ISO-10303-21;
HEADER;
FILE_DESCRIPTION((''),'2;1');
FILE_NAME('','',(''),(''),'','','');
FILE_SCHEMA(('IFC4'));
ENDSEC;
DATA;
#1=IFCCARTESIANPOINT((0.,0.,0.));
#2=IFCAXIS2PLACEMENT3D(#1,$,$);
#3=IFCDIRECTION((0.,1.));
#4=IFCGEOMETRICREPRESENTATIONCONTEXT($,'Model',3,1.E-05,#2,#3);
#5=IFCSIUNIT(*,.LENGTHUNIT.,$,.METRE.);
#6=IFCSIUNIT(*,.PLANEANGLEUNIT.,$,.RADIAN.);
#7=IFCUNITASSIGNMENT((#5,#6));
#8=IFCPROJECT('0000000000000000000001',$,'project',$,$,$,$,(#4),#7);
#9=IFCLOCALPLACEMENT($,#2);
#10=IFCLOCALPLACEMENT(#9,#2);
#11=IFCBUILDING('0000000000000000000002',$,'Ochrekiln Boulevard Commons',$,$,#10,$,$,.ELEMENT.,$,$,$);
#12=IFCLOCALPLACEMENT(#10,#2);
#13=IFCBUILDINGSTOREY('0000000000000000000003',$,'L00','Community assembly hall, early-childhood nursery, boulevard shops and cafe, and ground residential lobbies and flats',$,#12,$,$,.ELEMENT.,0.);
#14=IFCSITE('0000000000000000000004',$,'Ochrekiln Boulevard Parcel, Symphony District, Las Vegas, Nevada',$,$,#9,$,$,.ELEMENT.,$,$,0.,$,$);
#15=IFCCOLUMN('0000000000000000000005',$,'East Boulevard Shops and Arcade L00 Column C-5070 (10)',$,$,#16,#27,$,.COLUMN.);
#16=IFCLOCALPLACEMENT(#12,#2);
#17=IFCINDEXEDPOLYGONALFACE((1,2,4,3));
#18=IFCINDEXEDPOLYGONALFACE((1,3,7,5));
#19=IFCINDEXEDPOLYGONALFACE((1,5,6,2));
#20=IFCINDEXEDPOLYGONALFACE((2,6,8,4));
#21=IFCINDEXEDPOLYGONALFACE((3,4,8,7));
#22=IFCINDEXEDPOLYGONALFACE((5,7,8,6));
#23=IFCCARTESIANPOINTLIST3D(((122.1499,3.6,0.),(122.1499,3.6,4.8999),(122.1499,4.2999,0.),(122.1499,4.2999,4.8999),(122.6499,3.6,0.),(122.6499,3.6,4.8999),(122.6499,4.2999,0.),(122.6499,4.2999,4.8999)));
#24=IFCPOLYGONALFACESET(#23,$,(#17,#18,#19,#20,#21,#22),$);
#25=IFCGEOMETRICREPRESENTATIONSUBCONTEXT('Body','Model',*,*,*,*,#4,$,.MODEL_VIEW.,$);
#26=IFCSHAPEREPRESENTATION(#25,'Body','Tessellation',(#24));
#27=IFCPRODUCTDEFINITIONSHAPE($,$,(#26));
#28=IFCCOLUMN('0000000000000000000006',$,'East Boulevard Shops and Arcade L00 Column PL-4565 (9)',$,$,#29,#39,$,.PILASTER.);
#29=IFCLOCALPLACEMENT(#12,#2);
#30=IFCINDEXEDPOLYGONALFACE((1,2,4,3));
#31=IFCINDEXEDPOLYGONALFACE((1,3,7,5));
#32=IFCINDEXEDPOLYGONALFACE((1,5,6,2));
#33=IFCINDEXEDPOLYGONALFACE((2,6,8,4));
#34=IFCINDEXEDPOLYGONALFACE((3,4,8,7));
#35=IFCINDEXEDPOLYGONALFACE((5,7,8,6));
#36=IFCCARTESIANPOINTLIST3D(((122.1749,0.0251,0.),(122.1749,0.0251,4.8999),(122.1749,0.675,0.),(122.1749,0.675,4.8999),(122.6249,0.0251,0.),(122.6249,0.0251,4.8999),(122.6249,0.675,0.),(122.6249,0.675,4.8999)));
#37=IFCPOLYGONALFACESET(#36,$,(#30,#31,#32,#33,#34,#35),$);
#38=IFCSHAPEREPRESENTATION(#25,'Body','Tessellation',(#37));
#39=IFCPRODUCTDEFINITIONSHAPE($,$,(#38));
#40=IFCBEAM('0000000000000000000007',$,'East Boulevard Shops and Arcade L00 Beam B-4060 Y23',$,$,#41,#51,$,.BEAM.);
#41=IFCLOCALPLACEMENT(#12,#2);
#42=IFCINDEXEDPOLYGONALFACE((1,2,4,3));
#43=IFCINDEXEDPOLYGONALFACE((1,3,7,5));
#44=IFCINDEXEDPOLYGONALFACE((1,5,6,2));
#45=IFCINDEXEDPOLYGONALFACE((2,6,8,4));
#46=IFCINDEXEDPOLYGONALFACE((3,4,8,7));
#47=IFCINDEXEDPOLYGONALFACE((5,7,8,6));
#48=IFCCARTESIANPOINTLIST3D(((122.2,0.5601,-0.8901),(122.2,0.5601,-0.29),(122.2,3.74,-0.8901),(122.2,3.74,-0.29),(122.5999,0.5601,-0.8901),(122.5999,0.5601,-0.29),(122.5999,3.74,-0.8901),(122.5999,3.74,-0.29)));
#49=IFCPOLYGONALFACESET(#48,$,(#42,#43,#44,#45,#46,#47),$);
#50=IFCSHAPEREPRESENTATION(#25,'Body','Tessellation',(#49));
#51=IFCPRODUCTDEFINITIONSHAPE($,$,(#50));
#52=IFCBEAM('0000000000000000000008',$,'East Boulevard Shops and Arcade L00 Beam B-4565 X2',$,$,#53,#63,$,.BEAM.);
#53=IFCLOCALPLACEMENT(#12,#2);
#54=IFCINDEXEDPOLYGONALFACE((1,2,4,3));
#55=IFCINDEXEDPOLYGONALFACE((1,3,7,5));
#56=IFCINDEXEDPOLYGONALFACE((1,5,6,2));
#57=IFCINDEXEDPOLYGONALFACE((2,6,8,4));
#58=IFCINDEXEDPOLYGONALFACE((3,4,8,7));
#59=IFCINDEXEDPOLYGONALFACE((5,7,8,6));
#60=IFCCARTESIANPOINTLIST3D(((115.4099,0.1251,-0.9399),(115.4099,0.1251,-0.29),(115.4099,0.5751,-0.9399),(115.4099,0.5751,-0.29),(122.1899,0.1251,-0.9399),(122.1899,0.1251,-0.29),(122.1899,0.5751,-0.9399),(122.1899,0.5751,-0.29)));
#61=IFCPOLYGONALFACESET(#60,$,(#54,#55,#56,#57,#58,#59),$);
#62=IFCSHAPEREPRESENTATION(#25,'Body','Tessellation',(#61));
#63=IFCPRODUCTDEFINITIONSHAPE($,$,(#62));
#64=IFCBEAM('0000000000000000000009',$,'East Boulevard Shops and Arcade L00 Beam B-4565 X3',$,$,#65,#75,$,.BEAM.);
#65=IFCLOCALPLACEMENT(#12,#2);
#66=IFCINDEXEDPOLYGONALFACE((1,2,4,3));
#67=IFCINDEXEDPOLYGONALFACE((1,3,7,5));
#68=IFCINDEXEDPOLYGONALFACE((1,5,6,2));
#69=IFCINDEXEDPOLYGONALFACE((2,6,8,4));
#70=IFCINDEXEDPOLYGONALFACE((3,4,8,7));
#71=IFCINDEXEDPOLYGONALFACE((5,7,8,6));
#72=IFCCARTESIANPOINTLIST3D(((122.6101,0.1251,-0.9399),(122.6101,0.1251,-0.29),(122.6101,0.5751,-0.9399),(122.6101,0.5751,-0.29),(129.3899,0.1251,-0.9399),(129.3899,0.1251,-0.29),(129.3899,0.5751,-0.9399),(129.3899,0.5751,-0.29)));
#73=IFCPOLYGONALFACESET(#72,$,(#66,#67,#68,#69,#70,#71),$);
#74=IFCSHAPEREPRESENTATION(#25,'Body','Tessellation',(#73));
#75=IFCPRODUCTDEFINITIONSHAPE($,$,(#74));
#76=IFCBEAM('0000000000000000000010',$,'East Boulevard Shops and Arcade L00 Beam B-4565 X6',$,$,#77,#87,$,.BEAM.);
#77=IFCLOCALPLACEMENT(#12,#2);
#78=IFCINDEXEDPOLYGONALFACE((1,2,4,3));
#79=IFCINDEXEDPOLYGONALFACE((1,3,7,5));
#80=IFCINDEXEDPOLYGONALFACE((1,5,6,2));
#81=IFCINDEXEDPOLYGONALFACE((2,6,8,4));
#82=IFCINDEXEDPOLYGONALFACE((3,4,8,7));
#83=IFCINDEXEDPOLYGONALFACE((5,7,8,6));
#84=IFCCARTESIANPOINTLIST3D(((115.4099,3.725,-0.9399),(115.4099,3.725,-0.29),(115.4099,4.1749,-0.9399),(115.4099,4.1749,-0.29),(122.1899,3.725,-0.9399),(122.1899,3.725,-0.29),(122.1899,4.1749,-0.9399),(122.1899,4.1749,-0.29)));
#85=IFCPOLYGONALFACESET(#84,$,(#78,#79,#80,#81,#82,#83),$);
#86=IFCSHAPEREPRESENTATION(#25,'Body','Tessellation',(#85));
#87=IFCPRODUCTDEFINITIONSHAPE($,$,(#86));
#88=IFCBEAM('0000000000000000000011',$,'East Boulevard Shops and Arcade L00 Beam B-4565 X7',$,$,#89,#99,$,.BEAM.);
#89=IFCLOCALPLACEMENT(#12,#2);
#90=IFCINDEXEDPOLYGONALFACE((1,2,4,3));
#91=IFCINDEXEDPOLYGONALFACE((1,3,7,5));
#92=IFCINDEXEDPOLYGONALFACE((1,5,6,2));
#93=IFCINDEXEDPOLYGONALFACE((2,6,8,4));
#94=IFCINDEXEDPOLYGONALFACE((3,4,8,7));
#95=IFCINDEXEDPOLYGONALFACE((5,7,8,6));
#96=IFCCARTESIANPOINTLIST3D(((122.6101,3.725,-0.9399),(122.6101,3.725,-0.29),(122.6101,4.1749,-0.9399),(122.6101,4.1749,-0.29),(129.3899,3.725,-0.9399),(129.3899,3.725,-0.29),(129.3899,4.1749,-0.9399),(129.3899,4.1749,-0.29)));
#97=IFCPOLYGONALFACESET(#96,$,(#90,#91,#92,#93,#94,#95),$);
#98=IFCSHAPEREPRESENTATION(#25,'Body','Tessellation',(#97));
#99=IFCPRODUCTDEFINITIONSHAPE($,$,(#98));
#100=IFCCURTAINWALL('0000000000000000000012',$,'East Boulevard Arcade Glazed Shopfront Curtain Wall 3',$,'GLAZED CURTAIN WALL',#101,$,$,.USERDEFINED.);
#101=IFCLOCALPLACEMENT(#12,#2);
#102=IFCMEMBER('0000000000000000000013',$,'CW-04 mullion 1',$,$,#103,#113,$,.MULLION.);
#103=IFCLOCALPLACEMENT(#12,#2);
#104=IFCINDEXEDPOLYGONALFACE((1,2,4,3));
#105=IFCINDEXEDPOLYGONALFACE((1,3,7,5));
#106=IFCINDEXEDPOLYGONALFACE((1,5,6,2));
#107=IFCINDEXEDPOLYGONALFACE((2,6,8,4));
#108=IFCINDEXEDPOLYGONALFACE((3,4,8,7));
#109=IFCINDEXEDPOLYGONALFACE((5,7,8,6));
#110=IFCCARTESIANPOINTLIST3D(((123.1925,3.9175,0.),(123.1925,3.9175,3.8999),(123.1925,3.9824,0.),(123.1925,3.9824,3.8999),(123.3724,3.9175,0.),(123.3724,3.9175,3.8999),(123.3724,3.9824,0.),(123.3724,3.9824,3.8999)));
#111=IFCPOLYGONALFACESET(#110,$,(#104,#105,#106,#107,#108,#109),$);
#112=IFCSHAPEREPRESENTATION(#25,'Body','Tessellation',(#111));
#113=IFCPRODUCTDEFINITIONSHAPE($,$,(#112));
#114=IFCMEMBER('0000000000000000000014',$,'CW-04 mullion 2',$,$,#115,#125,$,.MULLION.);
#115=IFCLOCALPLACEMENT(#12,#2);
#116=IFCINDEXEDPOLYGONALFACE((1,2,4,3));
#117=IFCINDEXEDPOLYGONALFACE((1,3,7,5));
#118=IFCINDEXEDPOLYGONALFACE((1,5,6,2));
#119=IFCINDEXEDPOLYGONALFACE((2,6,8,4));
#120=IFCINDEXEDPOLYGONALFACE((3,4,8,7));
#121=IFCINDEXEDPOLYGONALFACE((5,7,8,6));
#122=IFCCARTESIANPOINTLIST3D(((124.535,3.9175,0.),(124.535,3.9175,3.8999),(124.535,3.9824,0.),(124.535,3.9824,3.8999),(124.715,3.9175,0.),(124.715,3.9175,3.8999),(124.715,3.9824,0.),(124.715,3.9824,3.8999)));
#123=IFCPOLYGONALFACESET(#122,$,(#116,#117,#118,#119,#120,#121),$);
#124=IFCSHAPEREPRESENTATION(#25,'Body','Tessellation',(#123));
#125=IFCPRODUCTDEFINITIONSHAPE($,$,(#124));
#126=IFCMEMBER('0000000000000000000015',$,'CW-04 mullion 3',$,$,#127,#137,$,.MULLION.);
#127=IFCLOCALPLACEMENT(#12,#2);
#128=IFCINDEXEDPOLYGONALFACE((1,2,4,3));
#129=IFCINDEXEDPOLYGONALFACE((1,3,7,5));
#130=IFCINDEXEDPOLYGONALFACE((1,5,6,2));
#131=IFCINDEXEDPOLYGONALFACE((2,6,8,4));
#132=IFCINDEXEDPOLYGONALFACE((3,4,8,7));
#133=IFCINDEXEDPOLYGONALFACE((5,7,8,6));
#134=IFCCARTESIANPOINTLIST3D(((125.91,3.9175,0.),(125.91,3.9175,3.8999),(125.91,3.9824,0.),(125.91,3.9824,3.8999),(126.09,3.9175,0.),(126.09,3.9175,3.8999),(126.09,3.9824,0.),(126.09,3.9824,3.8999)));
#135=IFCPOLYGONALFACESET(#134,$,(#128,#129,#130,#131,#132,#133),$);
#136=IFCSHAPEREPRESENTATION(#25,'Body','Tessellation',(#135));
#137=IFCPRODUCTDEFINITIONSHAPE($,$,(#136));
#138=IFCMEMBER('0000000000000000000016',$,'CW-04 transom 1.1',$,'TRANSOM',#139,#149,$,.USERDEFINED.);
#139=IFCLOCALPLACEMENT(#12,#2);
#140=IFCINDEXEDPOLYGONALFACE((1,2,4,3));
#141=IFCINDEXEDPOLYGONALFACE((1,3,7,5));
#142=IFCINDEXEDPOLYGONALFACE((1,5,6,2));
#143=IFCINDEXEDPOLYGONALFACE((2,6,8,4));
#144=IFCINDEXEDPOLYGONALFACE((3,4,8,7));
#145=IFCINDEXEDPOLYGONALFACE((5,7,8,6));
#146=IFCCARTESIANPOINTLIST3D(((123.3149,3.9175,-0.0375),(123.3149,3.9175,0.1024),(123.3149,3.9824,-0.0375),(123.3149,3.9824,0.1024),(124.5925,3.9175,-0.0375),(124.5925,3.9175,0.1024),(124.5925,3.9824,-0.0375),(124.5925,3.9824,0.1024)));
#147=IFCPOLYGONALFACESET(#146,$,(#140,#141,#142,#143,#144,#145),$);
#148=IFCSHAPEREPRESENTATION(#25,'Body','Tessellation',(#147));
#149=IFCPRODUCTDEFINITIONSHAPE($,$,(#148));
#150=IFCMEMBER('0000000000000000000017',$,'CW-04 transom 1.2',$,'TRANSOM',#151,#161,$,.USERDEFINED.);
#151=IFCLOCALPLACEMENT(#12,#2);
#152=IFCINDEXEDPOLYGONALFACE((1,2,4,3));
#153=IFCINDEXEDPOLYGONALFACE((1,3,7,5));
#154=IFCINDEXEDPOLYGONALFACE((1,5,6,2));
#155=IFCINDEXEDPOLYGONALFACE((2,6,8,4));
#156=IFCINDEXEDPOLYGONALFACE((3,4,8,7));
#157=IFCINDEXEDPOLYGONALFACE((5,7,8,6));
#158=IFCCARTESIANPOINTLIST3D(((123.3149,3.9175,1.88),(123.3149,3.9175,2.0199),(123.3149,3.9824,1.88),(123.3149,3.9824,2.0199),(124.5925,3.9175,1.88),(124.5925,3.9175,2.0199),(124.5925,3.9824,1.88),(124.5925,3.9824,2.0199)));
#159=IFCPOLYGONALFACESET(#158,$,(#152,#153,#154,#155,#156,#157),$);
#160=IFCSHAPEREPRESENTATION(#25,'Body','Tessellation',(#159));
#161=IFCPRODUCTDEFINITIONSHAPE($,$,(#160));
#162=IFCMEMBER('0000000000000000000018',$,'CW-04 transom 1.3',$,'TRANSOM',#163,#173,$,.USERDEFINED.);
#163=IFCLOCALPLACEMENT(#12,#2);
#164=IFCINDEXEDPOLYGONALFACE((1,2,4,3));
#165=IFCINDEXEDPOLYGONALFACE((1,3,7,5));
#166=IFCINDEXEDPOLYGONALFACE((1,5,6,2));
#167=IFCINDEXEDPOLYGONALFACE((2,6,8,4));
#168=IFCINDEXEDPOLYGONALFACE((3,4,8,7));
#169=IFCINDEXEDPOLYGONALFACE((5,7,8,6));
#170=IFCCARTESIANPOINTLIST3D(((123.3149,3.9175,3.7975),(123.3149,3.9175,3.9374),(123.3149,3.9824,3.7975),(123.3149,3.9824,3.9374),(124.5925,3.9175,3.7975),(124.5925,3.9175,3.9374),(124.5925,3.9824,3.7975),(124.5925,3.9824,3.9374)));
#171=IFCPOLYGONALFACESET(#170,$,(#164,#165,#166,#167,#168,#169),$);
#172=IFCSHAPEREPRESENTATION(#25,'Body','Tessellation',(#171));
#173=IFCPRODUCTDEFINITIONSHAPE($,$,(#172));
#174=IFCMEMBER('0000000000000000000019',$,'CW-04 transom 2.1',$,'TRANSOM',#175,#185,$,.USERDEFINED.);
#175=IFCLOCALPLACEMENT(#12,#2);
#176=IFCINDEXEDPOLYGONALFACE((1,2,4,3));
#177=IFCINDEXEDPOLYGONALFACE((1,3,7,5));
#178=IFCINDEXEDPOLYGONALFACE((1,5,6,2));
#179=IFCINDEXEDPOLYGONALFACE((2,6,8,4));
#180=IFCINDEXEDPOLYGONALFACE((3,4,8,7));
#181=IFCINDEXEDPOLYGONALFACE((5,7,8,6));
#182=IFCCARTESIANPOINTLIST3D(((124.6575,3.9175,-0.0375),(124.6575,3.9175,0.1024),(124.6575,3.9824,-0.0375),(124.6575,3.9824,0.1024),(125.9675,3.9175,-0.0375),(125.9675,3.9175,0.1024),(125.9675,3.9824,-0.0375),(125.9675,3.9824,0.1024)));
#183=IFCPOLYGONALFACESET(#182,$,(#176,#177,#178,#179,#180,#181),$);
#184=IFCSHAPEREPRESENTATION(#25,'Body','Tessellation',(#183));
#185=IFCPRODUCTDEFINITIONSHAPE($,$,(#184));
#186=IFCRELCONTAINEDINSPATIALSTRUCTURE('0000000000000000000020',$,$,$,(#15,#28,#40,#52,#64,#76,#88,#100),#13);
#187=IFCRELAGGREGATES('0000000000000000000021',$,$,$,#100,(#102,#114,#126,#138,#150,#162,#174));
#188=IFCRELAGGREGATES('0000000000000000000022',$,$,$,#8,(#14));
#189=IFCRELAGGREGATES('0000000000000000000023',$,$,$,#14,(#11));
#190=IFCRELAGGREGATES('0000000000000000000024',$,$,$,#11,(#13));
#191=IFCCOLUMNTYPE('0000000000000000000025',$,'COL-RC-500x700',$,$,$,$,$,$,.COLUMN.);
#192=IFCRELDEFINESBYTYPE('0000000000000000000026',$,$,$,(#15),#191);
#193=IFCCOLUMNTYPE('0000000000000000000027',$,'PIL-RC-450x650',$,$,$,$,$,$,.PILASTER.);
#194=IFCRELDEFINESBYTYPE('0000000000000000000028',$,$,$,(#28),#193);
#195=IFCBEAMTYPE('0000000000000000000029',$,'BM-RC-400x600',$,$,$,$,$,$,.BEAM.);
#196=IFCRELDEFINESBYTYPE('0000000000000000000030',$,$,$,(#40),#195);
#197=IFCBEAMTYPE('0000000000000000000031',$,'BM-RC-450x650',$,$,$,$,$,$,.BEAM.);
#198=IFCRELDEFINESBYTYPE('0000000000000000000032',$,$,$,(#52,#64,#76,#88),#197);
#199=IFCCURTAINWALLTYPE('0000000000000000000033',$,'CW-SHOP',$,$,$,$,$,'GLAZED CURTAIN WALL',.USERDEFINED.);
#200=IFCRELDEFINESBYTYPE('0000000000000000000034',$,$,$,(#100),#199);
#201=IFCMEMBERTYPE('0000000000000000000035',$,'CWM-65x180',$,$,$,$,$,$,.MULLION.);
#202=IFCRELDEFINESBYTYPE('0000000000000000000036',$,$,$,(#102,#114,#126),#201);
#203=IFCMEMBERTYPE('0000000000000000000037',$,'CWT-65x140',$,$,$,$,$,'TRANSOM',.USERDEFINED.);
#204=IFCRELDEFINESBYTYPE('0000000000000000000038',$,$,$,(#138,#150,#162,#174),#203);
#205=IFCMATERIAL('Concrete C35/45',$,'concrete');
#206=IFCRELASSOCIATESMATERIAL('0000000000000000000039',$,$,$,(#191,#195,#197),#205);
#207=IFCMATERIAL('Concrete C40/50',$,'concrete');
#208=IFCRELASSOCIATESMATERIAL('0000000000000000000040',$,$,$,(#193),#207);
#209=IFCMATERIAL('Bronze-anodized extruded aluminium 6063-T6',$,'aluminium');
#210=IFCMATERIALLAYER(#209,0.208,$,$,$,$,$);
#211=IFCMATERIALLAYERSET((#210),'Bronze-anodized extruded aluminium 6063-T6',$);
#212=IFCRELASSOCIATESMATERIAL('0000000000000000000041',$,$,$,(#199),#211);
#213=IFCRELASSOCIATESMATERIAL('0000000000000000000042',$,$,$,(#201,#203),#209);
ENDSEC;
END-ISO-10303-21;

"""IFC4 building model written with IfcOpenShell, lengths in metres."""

from ifc_helpers import new_model, si_unit, direction, frame, origin, origin_2d, place, context, subcontext, project, spatial, rectangle, extrude, material, layer, layer_set, material_profile, profile_set, type_object, element, aggregate, save


model = new_model("IFC4")

# Units and contexts
model_context = context("Model", 3, precision=1e-05, world=origin(), true_north=direction((0.0, 1.0)))
body_context = subcontext(model_context, "Body", "Model", "MODEL_VIEW")
ifc_project = project(units=[si_unit("LENGTHUNIT", "METRE"), si_unit("PLANEANGLEUNIT", "RADIAN")], contexts=[model_context])

# Site, building, storey
site_placement = place(None, origin())
site = spatial("IfcSite", under=ifc_project, at=site_placement, Name="Ochrekiln Boulevard Parcel, Symphony District, Las Vegas, Nevada", CompositionType="ELEMENT", RefElevation=0.0)
building_placement = place(site_placement, origin())
building = spatial("IfcBuilding", under=site, at=building_placement, Name="Ochrekiln Boulevard Commons", CompositionType="ELEMENT")
storey_placement = place(building_placement, origin())
storey = spatial("IfcBuildingStorey", under=building, at=storey_placement, Name="L00", Description="Community assembly hall, early-childhood nursery, boulevard shops and cafe, and ground residential lobbies and flats", CompositionType="ELEMENT", Elevation=0.0)

# Columns
ifc_material_1 = material(Name="Concrete C35/45", Category="concrete")
ifc_material_profile_1 = material_profile(ifc_material_1, rectangle(XDim=0.5, YDim=0.7, at=origin_2d()), Name="RC-COL-500x700")
ifc_profile_set_1 = profile_set([ifc_material_profile_1], Name="Concrete C35/45")
column_type_1 = type_object("IfcColumnType", Name="COL-RC-500x700", PredefinedType="COLUMN", material=ifc_profile_set_1)
column_1_placement = place(storey_placement, frame((122.3999, 3.95, 0.0), z_axis=(0.0, 0.0, 1.0), x_axis=(1.0, 0.0, 0.0)))
element("IfcColumn", 1, at=column_1_placement, inside=storey, type_object=column_type_1, Name="East Boulevard Shops and Arcade L00 Column C-5070 (10)", PredefinedType="COLUMN", context=body_context, shape_type="SweptSolid", body=[
    extrude(rectangle(XDim=0.5, YDim=0.7, at=origin_2d()), origin(), (0.0, 0.0, 1.0), 4.8999),
])
ifc_material_2 = material(Name="Concrete C40/50", Category="concrete")
ifc_material_profile_2 = material_profile(ifc_material_2, rectangle(XDim=0.45, YDim=0.6499, at=origin_2d()), Name="RC-PIL-450x650")
ifc_profile_set_2 = profile_set([ifc_material_profile_2], Name="Concrete C40/50")
column_type_2 = type_object("IfcColumnType", Name="PIL-RC-450x650", PredefinedType="PILASTER", material=ifc_profile_set_2)
column_2_placement = place(storey_placement, frame((122.3999, 0.3501, 0.0), z_axis=(0.0, 0.0, 1.0), x_axis=(1.0, 0.0, 0.0)))
element("IfcColumn", 2, at=column_2_placement, inside=storey, type_object=column_type_2, Name="East Boulevard Shops and Arcade L00 Column PL-4565 (9)", PredefinedType="PILASTER", context=body_context, shape_type="SweptSolid", body=[
    extrude(rectangle(XDim=0.45, YDim=0.6499, at=origin_2d()), origin(), (0.0, 0.0, 1.0), 4.8999),
])

# Beams
ifc_material_profile_3 = material_profile(ifc_material_1, rectangle(XDim=0.3999, YDim=0.6001, at=origin_2d()), Name="RC-BM-400x600")
ifc_profile_set_3 = profile_set([ifc_material_profile_3], Name="Concrete C35/45")
beam_type_1 = type_object("IfcBeamType", Name="BM-RC-400x600", PredefinedType="BEAM", material=ifc_profile_set_3)
beam_1_placement = place(storey_placement, frame((122.3999, 0.5601, -0.5901), z_axis=(0.0, 1.0, 0.0), x_axis=(-1.0, 0.0, 0.0)))
element("IfcBeam", 3, at=beam_1_placement, inside=storey, type_object=beam_type_1, Name="East Boulevard Shops and Arcade L00 Beam B-4060 Y23", PredefinedType="BEAM", context=body_context, shape_type="SweptSolid", body=[
    extrude(rectangle(XDim=0.3999, YDim=0.6001, at=origin_2d()), origin(), (0.0, 0.0, 1.0), 3.1799),
])
ifc_material_profile_4 = material_profile(ifc_material_1, rectangle(XDim=0.45, YDim=0.6499, at=origin_2d()), Name="RC-BM-450x650")
ifc_profile_set_4 = profile_set([ifc_material_profile_4], Name="Concrete C35/45")
beam_type_2 = type_object("IfcBeamType", Name="BM-RC-450x650", PredefinedType="BEAM", material=ifc_profile_set_4)
beam_2_placement = place(storey_placement, frame((115.4099, 0.3501, -0.615), z_axis=(1.0, 0.0, 0.0), x_axis=(0.0, 1.0, 0.0)))
element("IfcBeam", 4, at=beam_2_placement, inside=storey, type_object=beam_type_2, Name="East Boulevard Shops and Arcade L00 Beam B-4565 X2", PredefinedType="BEAM", context=body_context, shape_type="SweptSolid", body=[
    extrude(rectangle(XDim=0.45, YDim=0.6499, at=origin_2d()), origin(), (0.0, 0.0, 1.0), 6.78),
])
beam_3_placement = place(storey_placement, frame((122.6101, 0.3501, -0.615), z_axis=(1.0, 0.0, 0.0), x_axis=(0.0, 1.0, 0.0)))
element("IfcBeam", 5, at=beam_3_placement, inside=storey, type_object=beam_type_2, Name="East Boulevard Shops and Arcade L00 Beam B-4565 X3", PredefinedType="BEAM", context=body_context, shape_type="SweptSolid", body=[
    extrude(rectangle(XDim=0.45, YDim=0.6499, at=origin_2d()), origin(), (0.0, 0.0, 1.0), 6.7798),
])
beam_4_placement = place(storey_placement, frame((115.4099, 3.95, -0.615), z_axis=(1.0, 0.0, 0.0), x_axis=(0.0, 1.0, 0.0)))
element("IfcBeam", 6, at=beam_4_placement, inside=storey, type_object=beam_type_2, Name="East Boulevard Shops and Arcade L00 Beam B-4565 X6", PredefinedType="BEAM", context=body_context, shape_type="SweptSolid", body=[
    extrude(rectangle(XDim=0.45, YDim=0.6499, at=origin_2d()), origin(), (0.0, 0.0, 1.0), 6.78),
])
beam_5_placement = place(storey_placement, frame((122.6101, 3.95, -0.615), z_axis=(1.0, 0.0, 0.0), x_axis=(0.0, 1.0, 0.0)))
element("IfcBeam", 7, at=beam_5_placement, inside=storey, type_object=beam_type_2, Name="East Boulevard Shops and Arcade L00 Beam B-4565 X7", PredefinedType="BEAM", context=body_context, shape_type="SweptSolid", body=[
    extrude(rectangle(XDim=0.45, YDim=0.6499, at=origin_2d()), origin(), (0.0, 0.0, 1.0), 6.7798),
])

# Curtain wall, members
ifc_material_3 = material(Name="Bronze-anodized extruded aluminium 6063-T6", Category="aluminium")
ifc_layer_1 = layer(ifc_material_3, 0.208)
ifc_layer_set_1 = layer_set([ifc_layer_1], Name="Bronze-anodized extruded aluminium 6063-T6")
curtain_wall_type = type_object("IfcCurtainWallType", Name="CW-SHOP", ElementType="GLAZED CURTAIN WALL", PredefinedType="USERDEFINED", material=ifc_layer_set_1)
curtain_wall_placement = place(storey_placement, origin())
curtain_wall = element("IfcCurtainWall", 8, at=curtain_wall_placement, inside=storey, type_object=curtain_wall_type, Name="East Boulevard Arcade Glazed Shopfront Curtain Wall 3", ObjectType="GLAZED CURTAIN WALL", PredefinedType="USERDEFINED")
ifc_material_profile_5 = material_profile(ifc_material_3, rectangle(XDim=0.0649, YDim=0.1799, at=origin_2d()), Name="ALU-MUL-65x180")
ifc_profile_set_5 = profile_set([ifc_material_profile_5], Name="Bronze-anodized extruded aluminium 6063-T6")
member_type_1 = type_object("IfcMemberType", Name="CWM-65x180", PredefinedType="MULLION", material=ifc_profile_set_5)
member_1_placement = place(storey_placement, frame((123.2825, 3.95, 0.0), z_axis=(0.0, 0.0, 1.0), x_axis=(0.0, 1.0, 0.0)))
member_1 = element("IfcMember", 9, at=member_1_placement, type_object=member_type_1, Name="CW-04 mullion 1", PredefinedType="MULLION", context=body_context, shape_type="SweptSolid", body=[
    extrude(rectangle(XDim=0.0649, YDim=0.1799, at=origin_2d()), origin(), (0.0, 0.0, 1.0), 3.8999),
])
member_2_placement = place(storey_placement, frame((124.625, 3.95, 0.0), z_axis=(0.0, 0.0, 1.0), x_axis=(0.0, 1.0, 0.0)))
member_2 = element("IfcMember", 10, at=member_2_placement, type_object=member_type_1, Name="CW-04 mullion 2", PredefinedType="MULLION", context=body_context, shape_type="SweptSolid", body=[
    extrude(rectangle(XDim=0.0649, YDim=0.1799, at=origin_2d()), origin(), (0.0, 0.0, 1.0), 3.8999),
])
member_3_placement = place(storey_placement, frame((126.0, 3.95, 0.0), z_axis=(0.0, 0.0, 1.0), x_axis=(0.0, 1.0, 0.0)))
member_3 = element("IfcMember", 11, at=member_3_placement, type_object=member_type_1, Name="CW-04 mullion 3", PredefinedType="MULLION", context=body_context, shape_type="SweptSolid", body=[
    extrude(rectangle(XDim=0.0649, YDim=0.1799, at=origin_2d()), origin(), (0.0, 0.0, 1.0), 3.8999),
])
ifc_material_profile_6 = material_profile(ifc_material_3, rectangle(XDim=0.0649, YDim=0.1399, at=origin_2d()), Name="ALU-TRN-65x140")
ifc_profile_set_6 = profile_set([ifc_material_profile_6], Name="Bronze-anodized extruded aluminium 6063-T6")
member_type_2 = type_object("IfcMemberType", Name="CWT-65x140", ElementType="TRANSOM", PredefinedType="USERDEFINED", material=ifc_profile_set_6)
member_4_placement = place(storey_placement, frame((123.3149, 3.95, 0.0325), z_axis=(1.0, 0.0, 0.0), x_axis=(0.0, 1.0, 0.0)))
member_4 = element("IfcMember", 12, at=member_4_placement, type_object=member_type_2, Name="CW-04 transom 1.1", ObjectType="TRANSOM", PredefinedType="USERDEFINED", context=body_context, shape_type="SweptSolid", body=[
    extrude(rectangle(XDim=0.0649, YDim=0.1399, at=origin_2d()), origin(), (0.0, 0.0, 1.0), 1.2776),
])
member_5_placement = place(storey_placement, frame((123.3149, 3.95, 1.95), z_axis=(1.0, 0.0, 0.0), x_axis=(0.0, 1.0, 0.0)))
member_5 = element("IfcMember", 13, at=member_5_placement, type_object=member_type_2, Name="CW-04 transom 1.2", ObjectType="TRANSOM", PredefinedType="USERDEFINED", context=body_context, shape_type="SweptSolid", body=[
    extrude(rectangle(XDim=0.0649, YDim=0.1399, at=origin_2d()), origin(), (0.0, 0.0, 1.0), 1.2776),
])
member_6_placement = place(storey_placement, frame((123.3149, 3.95, 3.8674), z_axis=(1.0, 0.0, 0.0), x_axis=(0.0, 1.0, 0.0)))
member_6 = element("IfcMember", 14, at=member_6_placement, type_object=member_type_2, Name="CW-04 transom 1.3", ObjectType="TRANSOM", PredefinedType="USERDEFINED", context=body_context, shape_type="SweptSolid", body=[
    extrude(rectangle(XDim=0.0649, YDim=0.1399, at=origin_2d()), origin(), (0.0, 0.0, 1.0), 1.2776),
])
member_7_placement = place(storey_placement, frame((124.6575, 3.95, 0.0325), z_axis=(1.0, 0.0, 0.0), x_axis=(0.0, 1.0, 0.0)))
member_7 = element("IfcMember", 15, at=member_7_placement, type_object=member_type_2, Name="CW-04 transom 2.1", ObjectType="TRANSOM", PredefinedType="USERDEFINED", context=body_context, shape_type="SweptSolid", body=[
    extrude(rectangle(XDim=0.0649, YDim=0.1399, at=origin_2d()), origin(), (0.0, 0.0, 1.0), 1.3101),
])

aggregate(curtain_wall, [member_1, member_2, member_3, member_4, member_5, member_6, member_7])

save(model, "model.ifc")
